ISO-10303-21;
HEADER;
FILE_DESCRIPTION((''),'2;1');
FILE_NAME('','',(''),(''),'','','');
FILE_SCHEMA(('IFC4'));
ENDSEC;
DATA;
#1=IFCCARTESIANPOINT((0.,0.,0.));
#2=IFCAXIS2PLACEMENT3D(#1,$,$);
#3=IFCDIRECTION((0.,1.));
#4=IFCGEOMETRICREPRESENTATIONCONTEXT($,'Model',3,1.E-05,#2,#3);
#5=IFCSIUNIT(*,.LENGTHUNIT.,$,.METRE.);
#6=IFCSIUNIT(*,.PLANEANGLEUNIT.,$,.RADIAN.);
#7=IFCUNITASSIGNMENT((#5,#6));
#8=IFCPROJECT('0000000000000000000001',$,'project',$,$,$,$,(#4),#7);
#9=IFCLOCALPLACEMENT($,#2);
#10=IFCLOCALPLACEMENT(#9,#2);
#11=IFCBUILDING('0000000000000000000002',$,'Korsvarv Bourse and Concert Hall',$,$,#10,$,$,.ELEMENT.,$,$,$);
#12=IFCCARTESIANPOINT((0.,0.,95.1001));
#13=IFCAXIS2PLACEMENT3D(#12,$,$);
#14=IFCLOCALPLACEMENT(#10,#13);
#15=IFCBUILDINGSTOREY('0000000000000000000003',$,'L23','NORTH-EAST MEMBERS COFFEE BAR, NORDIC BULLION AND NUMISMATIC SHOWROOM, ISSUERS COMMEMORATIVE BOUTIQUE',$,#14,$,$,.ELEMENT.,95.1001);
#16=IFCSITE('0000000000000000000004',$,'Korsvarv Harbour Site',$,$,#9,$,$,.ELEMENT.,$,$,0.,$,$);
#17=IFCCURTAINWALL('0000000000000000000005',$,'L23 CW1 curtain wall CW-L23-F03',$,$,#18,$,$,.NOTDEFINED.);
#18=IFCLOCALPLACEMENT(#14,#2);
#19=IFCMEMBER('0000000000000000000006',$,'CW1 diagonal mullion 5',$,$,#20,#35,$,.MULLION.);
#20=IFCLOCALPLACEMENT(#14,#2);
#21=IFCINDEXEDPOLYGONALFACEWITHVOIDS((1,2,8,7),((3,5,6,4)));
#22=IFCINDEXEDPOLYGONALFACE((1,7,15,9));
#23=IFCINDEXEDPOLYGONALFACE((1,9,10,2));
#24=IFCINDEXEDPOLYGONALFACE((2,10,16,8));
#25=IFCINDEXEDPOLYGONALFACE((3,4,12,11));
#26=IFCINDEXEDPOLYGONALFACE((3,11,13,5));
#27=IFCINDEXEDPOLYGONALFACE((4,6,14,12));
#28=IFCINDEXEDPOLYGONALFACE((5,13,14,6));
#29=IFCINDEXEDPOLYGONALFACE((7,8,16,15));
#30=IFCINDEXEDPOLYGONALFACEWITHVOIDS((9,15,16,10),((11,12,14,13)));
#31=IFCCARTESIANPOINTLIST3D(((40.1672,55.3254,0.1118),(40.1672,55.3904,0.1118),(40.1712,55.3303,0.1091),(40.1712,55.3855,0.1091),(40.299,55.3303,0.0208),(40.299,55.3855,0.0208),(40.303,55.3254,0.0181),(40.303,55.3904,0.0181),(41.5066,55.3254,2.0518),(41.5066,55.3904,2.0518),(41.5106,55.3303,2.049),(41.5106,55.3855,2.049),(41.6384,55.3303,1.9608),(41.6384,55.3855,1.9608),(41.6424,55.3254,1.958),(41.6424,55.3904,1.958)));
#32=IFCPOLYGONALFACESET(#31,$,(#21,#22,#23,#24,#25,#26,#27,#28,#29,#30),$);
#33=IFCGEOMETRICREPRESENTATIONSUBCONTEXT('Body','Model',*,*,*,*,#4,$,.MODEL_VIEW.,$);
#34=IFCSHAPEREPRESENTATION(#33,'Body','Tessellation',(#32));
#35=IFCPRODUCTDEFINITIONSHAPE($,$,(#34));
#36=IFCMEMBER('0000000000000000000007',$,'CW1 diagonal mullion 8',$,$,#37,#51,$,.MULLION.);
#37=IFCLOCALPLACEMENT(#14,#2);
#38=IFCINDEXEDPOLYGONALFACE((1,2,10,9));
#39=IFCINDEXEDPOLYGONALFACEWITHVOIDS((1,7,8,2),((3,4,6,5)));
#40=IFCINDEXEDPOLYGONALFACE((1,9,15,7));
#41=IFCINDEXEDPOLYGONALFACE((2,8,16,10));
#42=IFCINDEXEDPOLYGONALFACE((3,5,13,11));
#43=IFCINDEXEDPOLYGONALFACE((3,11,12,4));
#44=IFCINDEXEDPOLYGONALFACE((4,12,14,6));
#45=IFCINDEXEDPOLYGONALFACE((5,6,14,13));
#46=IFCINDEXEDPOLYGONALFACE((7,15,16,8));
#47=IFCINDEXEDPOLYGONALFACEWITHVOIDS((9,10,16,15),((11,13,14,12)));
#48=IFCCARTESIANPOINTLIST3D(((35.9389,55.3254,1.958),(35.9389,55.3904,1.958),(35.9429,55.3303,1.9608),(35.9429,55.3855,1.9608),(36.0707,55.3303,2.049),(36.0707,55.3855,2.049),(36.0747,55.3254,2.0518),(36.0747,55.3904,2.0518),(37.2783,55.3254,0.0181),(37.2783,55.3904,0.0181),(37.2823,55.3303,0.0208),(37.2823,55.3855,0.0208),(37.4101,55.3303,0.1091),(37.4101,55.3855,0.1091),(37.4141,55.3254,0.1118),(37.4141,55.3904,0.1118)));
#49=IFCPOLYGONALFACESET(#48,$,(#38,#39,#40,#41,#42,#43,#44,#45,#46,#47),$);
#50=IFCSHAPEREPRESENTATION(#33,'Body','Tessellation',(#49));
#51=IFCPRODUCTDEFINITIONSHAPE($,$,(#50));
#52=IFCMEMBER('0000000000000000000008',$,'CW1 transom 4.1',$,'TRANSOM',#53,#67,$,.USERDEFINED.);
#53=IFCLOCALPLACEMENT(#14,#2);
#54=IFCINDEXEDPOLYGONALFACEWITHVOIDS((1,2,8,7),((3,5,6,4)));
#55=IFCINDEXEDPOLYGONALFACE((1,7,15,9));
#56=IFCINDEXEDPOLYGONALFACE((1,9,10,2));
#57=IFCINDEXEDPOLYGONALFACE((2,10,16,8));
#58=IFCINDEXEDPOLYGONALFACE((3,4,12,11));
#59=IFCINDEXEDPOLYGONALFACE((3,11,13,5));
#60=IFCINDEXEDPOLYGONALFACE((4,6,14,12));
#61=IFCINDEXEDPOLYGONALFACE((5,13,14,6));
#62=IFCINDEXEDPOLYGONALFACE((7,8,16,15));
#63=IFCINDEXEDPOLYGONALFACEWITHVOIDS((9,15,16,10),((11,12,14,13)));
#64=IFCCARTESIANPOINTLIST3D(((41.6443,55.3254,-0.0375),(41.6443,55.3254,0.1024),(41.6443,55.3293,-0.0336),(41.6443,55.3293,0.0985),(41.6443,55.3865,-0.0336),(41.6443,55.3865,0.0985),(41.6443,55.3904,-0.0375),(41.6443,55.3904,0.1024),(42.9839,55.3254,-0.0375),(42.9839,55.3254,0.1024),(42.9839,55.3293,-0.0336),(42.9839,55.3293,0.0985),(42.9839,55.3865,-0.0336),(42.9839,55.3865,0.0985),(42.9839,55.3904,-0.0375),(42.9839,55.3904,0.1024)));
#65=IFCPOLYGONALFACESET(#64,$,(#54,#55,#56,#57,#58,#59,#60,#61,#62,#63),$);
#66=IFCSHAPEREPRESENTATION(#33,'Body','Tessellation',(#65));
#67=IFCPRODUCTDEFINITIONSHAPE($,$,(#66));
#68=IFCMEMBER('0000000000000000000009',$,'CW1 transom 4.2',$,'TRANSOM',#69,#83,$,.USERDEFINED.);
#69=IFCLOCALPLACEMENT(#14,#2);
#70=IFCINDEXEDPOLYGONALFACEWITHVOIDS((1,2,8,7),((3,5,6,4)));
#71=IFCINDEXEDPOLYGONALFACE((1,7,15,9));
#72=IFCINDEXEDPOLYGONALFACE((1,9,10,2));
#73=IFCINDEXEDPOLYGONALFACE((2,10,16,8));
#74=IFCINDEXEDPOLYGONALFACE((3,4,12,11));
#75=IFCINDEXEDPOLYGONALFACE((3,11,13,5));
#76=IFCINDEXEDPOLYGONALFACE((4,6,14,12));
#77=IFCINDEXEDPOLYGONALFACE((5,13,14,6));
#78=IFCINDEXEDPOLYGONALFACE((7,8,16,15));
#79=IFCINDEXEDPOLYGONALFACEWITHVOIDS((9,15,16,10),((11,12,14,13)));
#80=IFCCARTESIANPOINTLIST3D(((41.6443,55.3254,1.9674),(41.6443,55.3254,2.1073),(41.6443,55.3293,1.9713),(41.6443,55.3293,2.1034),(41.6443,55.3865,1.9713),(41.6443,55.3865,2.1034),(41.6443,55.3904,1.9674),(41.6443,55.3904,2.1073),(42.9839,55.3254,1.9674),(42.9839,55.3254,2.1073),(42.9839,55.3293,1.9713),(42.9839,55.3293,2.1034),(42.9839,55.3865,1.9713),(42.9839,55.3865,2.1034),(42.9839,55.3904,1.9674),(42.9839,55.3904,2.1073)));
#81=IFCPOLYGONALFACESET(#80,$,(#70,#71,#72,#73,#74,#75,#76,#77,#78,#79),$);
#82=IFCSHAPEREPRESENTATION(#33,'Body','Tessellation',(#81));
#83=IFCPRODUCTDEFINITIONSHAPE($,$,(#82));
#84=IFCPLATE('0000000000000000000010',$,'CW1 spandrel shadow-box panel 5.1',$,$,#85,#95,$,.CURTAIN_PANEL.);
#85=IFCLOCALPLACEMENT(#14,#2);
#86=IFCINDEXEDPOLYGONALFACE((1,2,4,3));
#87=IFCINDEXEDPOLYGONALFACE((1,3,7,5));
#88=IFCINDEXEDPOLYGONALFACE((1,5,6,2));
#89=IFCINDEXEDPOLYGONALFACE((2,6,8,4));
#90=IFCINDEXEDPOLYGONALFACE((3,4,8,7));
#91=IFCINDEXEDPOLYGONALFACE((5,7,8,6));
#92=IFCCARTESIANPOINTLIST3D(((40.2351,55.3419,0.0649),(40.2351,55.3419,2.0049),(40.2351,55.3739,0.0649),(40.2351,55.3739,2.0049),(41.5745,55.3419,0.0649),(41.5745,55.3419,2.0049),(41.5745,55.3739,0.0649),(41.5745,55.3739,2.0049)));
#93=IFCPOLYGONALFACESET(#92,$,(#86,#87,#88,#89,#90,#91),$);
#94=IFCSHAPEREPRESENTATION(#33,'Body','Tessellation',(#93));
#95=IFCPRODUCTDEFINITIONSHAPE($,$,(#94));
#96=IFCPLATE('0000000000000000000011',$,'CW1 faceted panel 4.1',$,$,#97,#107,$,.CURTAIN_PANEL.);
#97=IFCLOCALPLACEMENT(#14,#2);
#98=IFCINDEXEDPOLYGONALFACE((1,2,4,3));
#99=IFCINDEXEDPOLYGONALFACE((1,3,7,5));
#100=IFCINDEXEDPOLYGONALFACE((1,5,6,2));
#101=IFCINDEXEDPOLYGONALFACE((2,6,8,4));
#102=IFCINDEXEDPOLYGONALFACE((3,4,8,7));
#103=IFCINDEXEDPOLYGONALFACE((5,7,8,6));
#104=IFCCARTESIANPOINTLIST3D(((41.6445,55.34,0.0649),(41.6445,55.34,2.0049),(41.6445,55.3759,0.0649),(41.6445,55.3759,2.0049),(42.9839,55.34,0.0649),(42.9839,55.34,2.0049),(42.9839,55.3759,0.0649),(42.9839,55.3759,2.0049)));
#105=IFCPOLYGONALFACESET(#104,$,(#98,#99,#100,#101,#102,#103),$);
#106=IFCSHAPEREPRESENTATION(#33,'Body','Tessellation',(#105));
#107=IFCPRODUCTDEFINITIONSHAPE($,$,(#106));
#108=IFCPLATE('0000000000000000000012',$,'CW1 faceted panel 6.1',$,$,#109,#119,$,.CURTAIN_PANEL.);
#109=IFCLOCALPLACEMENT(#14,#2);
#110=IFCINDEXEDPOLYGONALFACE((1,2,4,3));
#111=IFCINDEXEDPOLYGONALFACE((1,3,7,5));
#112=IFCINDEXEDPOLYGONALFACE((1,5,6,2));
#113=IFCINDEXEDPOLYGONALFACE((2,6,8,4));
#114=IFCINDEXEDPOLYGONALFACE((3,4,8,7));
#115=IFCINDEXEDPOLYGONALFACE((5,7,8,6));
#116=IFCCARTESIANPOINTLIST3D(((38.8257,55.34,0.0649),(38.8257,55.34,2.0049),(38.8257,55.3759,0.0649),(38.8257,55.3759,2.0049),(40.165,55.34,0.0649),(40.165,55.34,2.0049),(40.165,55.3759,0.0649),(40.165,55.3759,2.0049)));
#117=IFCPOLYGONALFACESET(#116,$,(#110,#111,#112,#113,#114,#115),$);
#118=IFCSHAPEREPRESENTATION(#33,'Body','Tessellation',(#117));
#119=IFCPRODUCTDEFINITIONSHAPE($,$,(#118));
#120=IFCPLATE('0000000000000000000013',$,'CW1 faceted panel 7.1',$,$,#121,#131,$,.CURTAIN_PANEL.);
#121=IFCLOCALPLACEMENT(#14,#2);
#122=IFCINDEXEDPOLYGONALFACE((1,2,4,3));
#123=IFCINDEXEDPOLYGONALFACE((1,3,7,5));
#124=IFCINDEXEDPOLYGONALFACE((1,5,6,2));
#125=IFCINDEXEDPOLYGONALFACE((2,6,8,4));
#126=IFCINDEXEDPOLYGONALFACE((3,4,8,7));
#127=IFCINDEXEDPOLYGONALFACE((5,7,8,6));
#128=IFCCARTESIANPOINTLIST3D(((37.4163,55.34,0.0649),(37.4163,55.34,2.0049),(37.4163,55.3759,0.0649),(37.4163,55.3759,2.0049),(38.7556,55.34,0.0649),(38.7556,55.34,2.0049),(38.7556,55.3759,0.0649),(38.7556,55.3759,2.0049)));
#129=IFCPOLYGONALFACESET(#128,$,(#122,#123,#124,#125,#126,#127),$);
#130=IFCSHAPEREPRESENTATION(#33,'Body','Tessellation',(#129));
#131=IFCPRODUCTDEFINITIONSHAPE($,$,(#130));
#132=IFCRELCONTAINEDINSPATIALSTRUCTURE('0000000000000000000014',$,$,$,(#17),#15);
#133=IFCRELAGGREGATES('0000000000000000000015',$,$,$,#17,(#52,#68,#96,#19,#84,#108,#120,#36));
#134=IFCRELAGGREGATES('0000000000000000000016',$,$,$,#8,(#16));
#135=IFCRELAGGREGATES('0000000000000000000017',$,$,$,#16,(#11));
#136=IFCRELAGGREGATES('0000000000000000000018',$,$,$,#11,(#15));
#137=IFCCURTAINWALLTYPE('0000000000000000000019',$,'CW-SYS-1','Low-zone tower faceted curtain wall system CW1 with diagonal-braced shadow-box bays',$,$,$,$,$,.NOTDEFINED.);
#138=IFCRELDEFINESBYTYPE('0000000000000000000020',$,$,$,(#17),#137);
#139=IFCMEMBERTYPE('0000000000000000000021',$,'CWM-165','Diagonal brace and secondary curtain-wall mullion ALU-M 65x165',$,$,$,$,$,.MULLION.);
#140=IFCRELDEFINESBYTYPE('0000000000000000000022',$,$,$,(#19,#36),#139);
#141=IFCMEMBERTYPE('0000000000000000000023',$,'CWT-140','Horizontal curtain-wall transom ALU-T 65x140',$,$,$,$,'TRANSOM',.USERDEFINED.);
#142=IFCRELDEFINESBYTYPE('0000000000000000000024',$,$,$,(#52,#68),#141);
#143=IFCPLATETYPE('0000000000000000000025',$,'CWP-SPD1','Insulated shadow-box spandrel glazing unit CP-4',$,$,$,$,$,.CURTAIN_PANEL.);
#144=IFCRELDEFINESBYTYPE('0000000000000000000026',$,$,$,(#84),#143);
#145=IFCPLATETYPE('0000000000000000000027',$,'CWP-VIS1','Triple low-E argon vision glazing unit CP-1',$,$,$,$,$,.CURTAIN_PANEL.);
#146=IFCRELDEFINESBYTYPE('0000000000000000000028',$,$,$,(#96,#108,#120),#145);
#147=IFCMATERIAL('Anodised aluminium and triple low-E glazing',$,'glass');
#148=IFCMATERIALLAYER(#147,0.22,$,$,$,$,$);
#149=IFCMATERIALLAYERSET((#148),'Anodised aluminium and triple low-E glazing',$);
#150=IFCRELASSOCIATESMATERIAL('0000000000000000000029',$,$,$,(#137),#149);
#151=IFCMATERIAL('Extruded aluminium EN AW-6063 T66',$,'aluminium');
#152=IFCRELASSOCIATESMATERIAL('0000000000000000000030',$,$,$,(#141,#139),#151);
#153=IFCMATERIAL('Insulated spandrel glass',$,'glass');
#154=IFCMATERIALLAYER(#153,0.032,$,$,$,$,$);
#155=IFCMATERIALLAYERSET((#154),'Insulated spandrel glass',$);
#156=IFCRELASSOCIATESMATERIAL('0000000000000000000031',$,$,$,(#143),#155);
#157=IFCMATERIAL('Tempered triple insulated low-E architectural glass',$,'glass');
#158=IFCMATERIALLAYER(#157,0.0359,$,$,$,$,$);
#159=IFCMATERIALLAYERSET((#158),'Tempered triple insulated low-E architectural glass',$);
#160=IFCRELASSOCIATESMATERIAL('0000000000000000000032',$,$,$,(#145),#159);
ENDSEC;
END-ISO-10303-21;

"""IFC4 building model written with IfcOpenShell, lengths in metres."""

from ifc_helpers import new_model, si_unit, direction, frame, origin, origin_2d, place, context, subcontext, project, spatial, rectangle, hollow_rectangle, extrude, source, transform, mapped, material, layer, layer_set, material_profile, profile_set, type_object, element, aggregate, save


model = new_model("IFC4")

# Units and contexts
model_context = context("Model", 3, precision=1e-05, world=origin(), true_north=direction((0.0, 1.0)))
body_context = subcontext(model_context, "Body", "Model", "MODEL_VIEW")
ifc_project = project(units=[si_unit("LENGTHUNIT", "METRE"), si_unit("PLANEANGLEUNIT", "RADIAN")], contexts=[model_context])

# Site, building, storey
site_placement = place(None, origin())
site = spatial("IfcSite", under=ifc_project, at=site_placement, Name="Korsvarv Harbour Site", CompositionType="ELEMENT", RefElevation=0.0)
building_placement = place(site_placement, origin())
building = spatial("IfcBuilding", under=site, at=building_placement, Name="Korsvarv Bourse and Concert Hall", CompositionType="ELEMENT")
storey_placement = place(building_placement, frame((0.0, 0.0, 95.1001)))
storey = spatial("IfcBuildingStorey", under=building, at=storey_placement, Name="L23", Description="NORTH-EAST MEMBERS COFFEE BAR, NORDIC BULLION AND NUMISMATIC SHOWROOM, ISSUERS COMMEMORATIVE BOUTIQUE", CompositionType="ELEMENT", Elevation=95.1001)

# Curtain wall, members, plates
ifc_material_1 = material(Name="Anodised aluminium and triple low-E glazing", Category="glass")
ifc_layer_1 = layer(ifc_material_1, 0.22)
ifc_layer_set_1 = layer_set([ifc_layer_1], Name="Anodised aluminium and triple low-E glazing")
curtain_wall_type = type_object("IfcCurtainWallType", Name="CW-SYS-1", Description="Low-zone tower faceted curtain wall system CW1 with diagonal-braced shadow-box bays", PredefinedType="NOTDEFINED", material=ifc_layer_set_1)
curtain_wall_placement = place(storey_placement, origin())
curtain_wall = element("IfcCurtainWall", 1, at=curtain_wall_placement, inside=storey, type_object=curtain_wall_type, Name="L23 CW1 curtain wall CW-L23-F03", PredefinedType="NOTDEFINED")
ifc_material_2 = material(Name="Extruded aluminium EN AW-6063 T66", Category="aluminium")
ifc_material_profile_1 = material_profile(ifc_material_2, hollow_rectangle(XDim=0.0649, YDim=0.1399, WallThickness=0.0039, at=origin_2d()), Name="ALU-T 65x140")
ifc_profile_set_1 = profile_set([ifc_material_profile_1], Name="Extruded aluminium EN AW-6063 T66")
member_type_1 = type_object("IfcMemberType", Name="CWT-140", Description="Horizontal curtain-wall transom ALU-T 65x140", ElementType="TRANSOM", PredefinedType="USERDEFINED", material=ifc_profile_set_1)
ifc_material_profile_2 = material_profile(ifc_material_2, hollow_rectangle(XDim=0.0649, YDim=0.165, WallThickness=0.0049, at=origin_2d()), Name="ALU-M 65x165")
ifc_profile_set_2 = profile_set([ifc_material_profile_2], Name="Extruded aluminium EN AW-6063 T66")
member_type_2 = type_object("IfcMemberType", Name="CWM-165", Description="Diagonal brace and secondary curtain-wall mullion ALU-M 65x165", PredefinedType="MULLION", material=ifc_profile_set_2)
shared_shape_1 = source(origin(), body_context, "Body", "SweptSolid", [
    extrude(hollow_rectangle(XDim=0.0649, YDim=0.165, WallThickness=0.0049, at=origin_2d()), origin(), (0.0, 0.0, 1.0), 2.3574),
])
member_1_placement = place(storey_placement, frame((40.2351, 55.3579, 0.0649), z_axis=(0.568154, 0.0, 0.822922), x_axis=(0.0, 1.0, 0.0)))
member_1 = element("IfcMember", 2, at=member_1_placement, type_object=member_type_2, Name="CW1 diagonal mullion 5", PredefinedType="MULLION", context=body_context, shape_type="MappedRepresentation", body=[
    mapped(shared_shape_1, transform((0.0, 0.0, 0.0), scale=1.0)),
])
member_2_placement = place(storey_placement, frame((37.3462, 55.3579, 0.0649), z_axis=(-0.568154, 0.0, 0.822922), x_axis=(0.0, -1.0, 0.0)))
member_2 = element("IfcMember", 3, at=member_2_placement, type_object=member_type_2, Name="CW1 diagonal mullion 8", PredefinedType="MULLION", context=body_context, shape_type="MappedRepresentation", body=[
    mapped(shared_shape_1, transform((0.0, 0.0, 0.0), scale=1.0)),
])
shared_shape_2 = source(origin(), body_context, "Body", "SweptSolid", [
    extrude(hollow_rectangle(XDim=0.0649, YDim=0.1399, WallThickness=0.0039, at=origin_2d()), origin(), (0.0, 0.0, 1.0), 1.3396),
])
member_3_placement = place(storey_placement, frame((42.9839, 55.3579, 0.0325), z_axis=(-1.0, 0.0, 0.0), x_axis=(0.0, -1.0, 0.0)))
member_3 = element("IfcMember", 4, at=member_3_placement, type_object=member_type_1, Name="CW1 transom 4.1", ObjectType="TRANSOM", PredefinedType="USERDEFINED", context=body_context, shape_type="MappedRepresentation", body=[
    mapped(shared_shape_2, transform((0.0, 0.0, 0.0), scale=1.0)),
])
member_4_placement = place(storey_placement, frame((42.9839, 55.3579, 2.0374), z_axis=(-1.0, 0.0, 0.0), x_axis=(0.0, -1.0, 0.0)))
member_4 = element("IfcMember", 5, at=member_4_placement, type_object=member_type_1, Name="CW1 transom 4.2", ObjectType="TRANSOM", PredefinedType="USERDEFINED", context=body_context, shape_type="MappedRepresentation", body=[
    mapped(shared_shape_2, transform((0.0, 0.0, 0.0), scale=1.0)),
])
ifc_material_3 = material(Name="Insulated spandrel glass", Category="glass")
ifc_layer_2 = layer(ifc_material_3, 0.032)
ifc_layer_set_2 = layer_set([ifc_layer_2], Name="Insulated spandrel glass")
plate_type_1 = type_object("IfcPlateType", Name="CWP-SPD1", Description="Insulated shadow-box spandrel glazing unit CP-4", PredefinedType="CURTAIN_PANEL", material=ifc_layer_set_2)
shared_shape_3 = source(origin(), body_context, "Body", "SweptSolid", [
    extrude(rectangle(XDim=1.3394, YDim=0.032, at=origin_2d()), origin(), (0.0, 0.0, 1.0), 1.9399),
])
plate_1_placement = place(storey_placement, frame((40.9048, 55.3579, 0.0649), z_axis=(0.0, 0.0, 1.0), x_axis=(-1.0, 0.0, 0.0)))
plate_1 = element("IfcPlate", 6, at=plate_1_placement, type_object=plate_type_1, Name="CW1 spandrel shadow-box panel 5.1", PredefinedType="CURTAIN_PANEL", context=body_context, shape_type="MappedRepresentation", body=[
    mapped(shared_shape_3, transform((0.0, 0.0, 0.0), scale=1.0)),
])
ifc_material_4 = material(Name="Tempered triple insulated low-E architectural glass", Category="glass")
ifc_layer_3 = layer(ifc_material_4, 0.0359)
ifc_layer_set_3 = layer_set([ifc_layer_3], Name="Tempered triple insulated low-E architectural glass")
plate_type_2 = type_object("IfcPlateType", Name="CWP-VIS1", Description="Triple low-E argon vision glazing unit CP-1", PredefinedType="CURTAIN_PANEL", material=ifc_layer_set_3)
shared_shape_4 = source(origin(), body_context, "Body", "SweptSolid", [
    extrude(rectangle(XDim=1.3394, YDim=0.0359, at=origin_2d()), origin(), (0.0, 0.0, 1.0), 1.9399),
])
plate_2_placement = place(storey_placement, frame((42.3142, 55.3579, 0.0649), z_axis=(0.0, 0.0, 1.0), x_axis=(-1.0, 0.0, 0.0)))
plate_2 = element("IfcPlate", 7, at=plate_2_placement, type_object=plate_type_2, Name="CW1 faceted panel 4.1", PredefinedType="CURTAIN_PANEL", context=body_context, shape_type="MappedRepresentation", body=[
    mapped(shared_shape_4, transform((0.0, 0.0, 0.0), scale=1.0)),
])
plate_3_placement = place(storey_placement, frame((39.4954, 55.3579, 0.0649), z_axis=(0.0, 0.0, 1.0), x_axis=(-1.0, 0.0, 0.0)))
plate_3 = element("IfcPlate", 8, at=plate_3_placement, type_object=plate_type_2, Name="CW1 faceted panel 6.1", PredefinedType="CURTAIN_PANEL", context=body_context, shape_type="MappedRepresentation", body=[
    mapped(shared_shape_4, transform((0.0, 0.0, 0.0), scale=1.0)),
])
plate_4_placement = place(storey_placement, frame((38.0859, 55.3579, 0.0649), z_axis=(0.0, 0.0, 1.0), x_axis=(-1.0, 0.0, 0.0)))
plate_4 = element("IfcPlate", 9, at=plate_4_placement, type_object=plate_type_2, Name="CW1 faceted panel 7.1", PredefinedType="CURTAIN_PANEL", context=body_context, shape_type="MappedRepresentation", body=[
    mapped(shared_shape_4, transform((0.0, 0.0, 0.0), scale=1.0)),
])
aggregate(curtain_wall, [member_3, member_4, plate_2, member_1, plate_1, plate_3, plate_4, member_2])

save(model, "model.ifc")
